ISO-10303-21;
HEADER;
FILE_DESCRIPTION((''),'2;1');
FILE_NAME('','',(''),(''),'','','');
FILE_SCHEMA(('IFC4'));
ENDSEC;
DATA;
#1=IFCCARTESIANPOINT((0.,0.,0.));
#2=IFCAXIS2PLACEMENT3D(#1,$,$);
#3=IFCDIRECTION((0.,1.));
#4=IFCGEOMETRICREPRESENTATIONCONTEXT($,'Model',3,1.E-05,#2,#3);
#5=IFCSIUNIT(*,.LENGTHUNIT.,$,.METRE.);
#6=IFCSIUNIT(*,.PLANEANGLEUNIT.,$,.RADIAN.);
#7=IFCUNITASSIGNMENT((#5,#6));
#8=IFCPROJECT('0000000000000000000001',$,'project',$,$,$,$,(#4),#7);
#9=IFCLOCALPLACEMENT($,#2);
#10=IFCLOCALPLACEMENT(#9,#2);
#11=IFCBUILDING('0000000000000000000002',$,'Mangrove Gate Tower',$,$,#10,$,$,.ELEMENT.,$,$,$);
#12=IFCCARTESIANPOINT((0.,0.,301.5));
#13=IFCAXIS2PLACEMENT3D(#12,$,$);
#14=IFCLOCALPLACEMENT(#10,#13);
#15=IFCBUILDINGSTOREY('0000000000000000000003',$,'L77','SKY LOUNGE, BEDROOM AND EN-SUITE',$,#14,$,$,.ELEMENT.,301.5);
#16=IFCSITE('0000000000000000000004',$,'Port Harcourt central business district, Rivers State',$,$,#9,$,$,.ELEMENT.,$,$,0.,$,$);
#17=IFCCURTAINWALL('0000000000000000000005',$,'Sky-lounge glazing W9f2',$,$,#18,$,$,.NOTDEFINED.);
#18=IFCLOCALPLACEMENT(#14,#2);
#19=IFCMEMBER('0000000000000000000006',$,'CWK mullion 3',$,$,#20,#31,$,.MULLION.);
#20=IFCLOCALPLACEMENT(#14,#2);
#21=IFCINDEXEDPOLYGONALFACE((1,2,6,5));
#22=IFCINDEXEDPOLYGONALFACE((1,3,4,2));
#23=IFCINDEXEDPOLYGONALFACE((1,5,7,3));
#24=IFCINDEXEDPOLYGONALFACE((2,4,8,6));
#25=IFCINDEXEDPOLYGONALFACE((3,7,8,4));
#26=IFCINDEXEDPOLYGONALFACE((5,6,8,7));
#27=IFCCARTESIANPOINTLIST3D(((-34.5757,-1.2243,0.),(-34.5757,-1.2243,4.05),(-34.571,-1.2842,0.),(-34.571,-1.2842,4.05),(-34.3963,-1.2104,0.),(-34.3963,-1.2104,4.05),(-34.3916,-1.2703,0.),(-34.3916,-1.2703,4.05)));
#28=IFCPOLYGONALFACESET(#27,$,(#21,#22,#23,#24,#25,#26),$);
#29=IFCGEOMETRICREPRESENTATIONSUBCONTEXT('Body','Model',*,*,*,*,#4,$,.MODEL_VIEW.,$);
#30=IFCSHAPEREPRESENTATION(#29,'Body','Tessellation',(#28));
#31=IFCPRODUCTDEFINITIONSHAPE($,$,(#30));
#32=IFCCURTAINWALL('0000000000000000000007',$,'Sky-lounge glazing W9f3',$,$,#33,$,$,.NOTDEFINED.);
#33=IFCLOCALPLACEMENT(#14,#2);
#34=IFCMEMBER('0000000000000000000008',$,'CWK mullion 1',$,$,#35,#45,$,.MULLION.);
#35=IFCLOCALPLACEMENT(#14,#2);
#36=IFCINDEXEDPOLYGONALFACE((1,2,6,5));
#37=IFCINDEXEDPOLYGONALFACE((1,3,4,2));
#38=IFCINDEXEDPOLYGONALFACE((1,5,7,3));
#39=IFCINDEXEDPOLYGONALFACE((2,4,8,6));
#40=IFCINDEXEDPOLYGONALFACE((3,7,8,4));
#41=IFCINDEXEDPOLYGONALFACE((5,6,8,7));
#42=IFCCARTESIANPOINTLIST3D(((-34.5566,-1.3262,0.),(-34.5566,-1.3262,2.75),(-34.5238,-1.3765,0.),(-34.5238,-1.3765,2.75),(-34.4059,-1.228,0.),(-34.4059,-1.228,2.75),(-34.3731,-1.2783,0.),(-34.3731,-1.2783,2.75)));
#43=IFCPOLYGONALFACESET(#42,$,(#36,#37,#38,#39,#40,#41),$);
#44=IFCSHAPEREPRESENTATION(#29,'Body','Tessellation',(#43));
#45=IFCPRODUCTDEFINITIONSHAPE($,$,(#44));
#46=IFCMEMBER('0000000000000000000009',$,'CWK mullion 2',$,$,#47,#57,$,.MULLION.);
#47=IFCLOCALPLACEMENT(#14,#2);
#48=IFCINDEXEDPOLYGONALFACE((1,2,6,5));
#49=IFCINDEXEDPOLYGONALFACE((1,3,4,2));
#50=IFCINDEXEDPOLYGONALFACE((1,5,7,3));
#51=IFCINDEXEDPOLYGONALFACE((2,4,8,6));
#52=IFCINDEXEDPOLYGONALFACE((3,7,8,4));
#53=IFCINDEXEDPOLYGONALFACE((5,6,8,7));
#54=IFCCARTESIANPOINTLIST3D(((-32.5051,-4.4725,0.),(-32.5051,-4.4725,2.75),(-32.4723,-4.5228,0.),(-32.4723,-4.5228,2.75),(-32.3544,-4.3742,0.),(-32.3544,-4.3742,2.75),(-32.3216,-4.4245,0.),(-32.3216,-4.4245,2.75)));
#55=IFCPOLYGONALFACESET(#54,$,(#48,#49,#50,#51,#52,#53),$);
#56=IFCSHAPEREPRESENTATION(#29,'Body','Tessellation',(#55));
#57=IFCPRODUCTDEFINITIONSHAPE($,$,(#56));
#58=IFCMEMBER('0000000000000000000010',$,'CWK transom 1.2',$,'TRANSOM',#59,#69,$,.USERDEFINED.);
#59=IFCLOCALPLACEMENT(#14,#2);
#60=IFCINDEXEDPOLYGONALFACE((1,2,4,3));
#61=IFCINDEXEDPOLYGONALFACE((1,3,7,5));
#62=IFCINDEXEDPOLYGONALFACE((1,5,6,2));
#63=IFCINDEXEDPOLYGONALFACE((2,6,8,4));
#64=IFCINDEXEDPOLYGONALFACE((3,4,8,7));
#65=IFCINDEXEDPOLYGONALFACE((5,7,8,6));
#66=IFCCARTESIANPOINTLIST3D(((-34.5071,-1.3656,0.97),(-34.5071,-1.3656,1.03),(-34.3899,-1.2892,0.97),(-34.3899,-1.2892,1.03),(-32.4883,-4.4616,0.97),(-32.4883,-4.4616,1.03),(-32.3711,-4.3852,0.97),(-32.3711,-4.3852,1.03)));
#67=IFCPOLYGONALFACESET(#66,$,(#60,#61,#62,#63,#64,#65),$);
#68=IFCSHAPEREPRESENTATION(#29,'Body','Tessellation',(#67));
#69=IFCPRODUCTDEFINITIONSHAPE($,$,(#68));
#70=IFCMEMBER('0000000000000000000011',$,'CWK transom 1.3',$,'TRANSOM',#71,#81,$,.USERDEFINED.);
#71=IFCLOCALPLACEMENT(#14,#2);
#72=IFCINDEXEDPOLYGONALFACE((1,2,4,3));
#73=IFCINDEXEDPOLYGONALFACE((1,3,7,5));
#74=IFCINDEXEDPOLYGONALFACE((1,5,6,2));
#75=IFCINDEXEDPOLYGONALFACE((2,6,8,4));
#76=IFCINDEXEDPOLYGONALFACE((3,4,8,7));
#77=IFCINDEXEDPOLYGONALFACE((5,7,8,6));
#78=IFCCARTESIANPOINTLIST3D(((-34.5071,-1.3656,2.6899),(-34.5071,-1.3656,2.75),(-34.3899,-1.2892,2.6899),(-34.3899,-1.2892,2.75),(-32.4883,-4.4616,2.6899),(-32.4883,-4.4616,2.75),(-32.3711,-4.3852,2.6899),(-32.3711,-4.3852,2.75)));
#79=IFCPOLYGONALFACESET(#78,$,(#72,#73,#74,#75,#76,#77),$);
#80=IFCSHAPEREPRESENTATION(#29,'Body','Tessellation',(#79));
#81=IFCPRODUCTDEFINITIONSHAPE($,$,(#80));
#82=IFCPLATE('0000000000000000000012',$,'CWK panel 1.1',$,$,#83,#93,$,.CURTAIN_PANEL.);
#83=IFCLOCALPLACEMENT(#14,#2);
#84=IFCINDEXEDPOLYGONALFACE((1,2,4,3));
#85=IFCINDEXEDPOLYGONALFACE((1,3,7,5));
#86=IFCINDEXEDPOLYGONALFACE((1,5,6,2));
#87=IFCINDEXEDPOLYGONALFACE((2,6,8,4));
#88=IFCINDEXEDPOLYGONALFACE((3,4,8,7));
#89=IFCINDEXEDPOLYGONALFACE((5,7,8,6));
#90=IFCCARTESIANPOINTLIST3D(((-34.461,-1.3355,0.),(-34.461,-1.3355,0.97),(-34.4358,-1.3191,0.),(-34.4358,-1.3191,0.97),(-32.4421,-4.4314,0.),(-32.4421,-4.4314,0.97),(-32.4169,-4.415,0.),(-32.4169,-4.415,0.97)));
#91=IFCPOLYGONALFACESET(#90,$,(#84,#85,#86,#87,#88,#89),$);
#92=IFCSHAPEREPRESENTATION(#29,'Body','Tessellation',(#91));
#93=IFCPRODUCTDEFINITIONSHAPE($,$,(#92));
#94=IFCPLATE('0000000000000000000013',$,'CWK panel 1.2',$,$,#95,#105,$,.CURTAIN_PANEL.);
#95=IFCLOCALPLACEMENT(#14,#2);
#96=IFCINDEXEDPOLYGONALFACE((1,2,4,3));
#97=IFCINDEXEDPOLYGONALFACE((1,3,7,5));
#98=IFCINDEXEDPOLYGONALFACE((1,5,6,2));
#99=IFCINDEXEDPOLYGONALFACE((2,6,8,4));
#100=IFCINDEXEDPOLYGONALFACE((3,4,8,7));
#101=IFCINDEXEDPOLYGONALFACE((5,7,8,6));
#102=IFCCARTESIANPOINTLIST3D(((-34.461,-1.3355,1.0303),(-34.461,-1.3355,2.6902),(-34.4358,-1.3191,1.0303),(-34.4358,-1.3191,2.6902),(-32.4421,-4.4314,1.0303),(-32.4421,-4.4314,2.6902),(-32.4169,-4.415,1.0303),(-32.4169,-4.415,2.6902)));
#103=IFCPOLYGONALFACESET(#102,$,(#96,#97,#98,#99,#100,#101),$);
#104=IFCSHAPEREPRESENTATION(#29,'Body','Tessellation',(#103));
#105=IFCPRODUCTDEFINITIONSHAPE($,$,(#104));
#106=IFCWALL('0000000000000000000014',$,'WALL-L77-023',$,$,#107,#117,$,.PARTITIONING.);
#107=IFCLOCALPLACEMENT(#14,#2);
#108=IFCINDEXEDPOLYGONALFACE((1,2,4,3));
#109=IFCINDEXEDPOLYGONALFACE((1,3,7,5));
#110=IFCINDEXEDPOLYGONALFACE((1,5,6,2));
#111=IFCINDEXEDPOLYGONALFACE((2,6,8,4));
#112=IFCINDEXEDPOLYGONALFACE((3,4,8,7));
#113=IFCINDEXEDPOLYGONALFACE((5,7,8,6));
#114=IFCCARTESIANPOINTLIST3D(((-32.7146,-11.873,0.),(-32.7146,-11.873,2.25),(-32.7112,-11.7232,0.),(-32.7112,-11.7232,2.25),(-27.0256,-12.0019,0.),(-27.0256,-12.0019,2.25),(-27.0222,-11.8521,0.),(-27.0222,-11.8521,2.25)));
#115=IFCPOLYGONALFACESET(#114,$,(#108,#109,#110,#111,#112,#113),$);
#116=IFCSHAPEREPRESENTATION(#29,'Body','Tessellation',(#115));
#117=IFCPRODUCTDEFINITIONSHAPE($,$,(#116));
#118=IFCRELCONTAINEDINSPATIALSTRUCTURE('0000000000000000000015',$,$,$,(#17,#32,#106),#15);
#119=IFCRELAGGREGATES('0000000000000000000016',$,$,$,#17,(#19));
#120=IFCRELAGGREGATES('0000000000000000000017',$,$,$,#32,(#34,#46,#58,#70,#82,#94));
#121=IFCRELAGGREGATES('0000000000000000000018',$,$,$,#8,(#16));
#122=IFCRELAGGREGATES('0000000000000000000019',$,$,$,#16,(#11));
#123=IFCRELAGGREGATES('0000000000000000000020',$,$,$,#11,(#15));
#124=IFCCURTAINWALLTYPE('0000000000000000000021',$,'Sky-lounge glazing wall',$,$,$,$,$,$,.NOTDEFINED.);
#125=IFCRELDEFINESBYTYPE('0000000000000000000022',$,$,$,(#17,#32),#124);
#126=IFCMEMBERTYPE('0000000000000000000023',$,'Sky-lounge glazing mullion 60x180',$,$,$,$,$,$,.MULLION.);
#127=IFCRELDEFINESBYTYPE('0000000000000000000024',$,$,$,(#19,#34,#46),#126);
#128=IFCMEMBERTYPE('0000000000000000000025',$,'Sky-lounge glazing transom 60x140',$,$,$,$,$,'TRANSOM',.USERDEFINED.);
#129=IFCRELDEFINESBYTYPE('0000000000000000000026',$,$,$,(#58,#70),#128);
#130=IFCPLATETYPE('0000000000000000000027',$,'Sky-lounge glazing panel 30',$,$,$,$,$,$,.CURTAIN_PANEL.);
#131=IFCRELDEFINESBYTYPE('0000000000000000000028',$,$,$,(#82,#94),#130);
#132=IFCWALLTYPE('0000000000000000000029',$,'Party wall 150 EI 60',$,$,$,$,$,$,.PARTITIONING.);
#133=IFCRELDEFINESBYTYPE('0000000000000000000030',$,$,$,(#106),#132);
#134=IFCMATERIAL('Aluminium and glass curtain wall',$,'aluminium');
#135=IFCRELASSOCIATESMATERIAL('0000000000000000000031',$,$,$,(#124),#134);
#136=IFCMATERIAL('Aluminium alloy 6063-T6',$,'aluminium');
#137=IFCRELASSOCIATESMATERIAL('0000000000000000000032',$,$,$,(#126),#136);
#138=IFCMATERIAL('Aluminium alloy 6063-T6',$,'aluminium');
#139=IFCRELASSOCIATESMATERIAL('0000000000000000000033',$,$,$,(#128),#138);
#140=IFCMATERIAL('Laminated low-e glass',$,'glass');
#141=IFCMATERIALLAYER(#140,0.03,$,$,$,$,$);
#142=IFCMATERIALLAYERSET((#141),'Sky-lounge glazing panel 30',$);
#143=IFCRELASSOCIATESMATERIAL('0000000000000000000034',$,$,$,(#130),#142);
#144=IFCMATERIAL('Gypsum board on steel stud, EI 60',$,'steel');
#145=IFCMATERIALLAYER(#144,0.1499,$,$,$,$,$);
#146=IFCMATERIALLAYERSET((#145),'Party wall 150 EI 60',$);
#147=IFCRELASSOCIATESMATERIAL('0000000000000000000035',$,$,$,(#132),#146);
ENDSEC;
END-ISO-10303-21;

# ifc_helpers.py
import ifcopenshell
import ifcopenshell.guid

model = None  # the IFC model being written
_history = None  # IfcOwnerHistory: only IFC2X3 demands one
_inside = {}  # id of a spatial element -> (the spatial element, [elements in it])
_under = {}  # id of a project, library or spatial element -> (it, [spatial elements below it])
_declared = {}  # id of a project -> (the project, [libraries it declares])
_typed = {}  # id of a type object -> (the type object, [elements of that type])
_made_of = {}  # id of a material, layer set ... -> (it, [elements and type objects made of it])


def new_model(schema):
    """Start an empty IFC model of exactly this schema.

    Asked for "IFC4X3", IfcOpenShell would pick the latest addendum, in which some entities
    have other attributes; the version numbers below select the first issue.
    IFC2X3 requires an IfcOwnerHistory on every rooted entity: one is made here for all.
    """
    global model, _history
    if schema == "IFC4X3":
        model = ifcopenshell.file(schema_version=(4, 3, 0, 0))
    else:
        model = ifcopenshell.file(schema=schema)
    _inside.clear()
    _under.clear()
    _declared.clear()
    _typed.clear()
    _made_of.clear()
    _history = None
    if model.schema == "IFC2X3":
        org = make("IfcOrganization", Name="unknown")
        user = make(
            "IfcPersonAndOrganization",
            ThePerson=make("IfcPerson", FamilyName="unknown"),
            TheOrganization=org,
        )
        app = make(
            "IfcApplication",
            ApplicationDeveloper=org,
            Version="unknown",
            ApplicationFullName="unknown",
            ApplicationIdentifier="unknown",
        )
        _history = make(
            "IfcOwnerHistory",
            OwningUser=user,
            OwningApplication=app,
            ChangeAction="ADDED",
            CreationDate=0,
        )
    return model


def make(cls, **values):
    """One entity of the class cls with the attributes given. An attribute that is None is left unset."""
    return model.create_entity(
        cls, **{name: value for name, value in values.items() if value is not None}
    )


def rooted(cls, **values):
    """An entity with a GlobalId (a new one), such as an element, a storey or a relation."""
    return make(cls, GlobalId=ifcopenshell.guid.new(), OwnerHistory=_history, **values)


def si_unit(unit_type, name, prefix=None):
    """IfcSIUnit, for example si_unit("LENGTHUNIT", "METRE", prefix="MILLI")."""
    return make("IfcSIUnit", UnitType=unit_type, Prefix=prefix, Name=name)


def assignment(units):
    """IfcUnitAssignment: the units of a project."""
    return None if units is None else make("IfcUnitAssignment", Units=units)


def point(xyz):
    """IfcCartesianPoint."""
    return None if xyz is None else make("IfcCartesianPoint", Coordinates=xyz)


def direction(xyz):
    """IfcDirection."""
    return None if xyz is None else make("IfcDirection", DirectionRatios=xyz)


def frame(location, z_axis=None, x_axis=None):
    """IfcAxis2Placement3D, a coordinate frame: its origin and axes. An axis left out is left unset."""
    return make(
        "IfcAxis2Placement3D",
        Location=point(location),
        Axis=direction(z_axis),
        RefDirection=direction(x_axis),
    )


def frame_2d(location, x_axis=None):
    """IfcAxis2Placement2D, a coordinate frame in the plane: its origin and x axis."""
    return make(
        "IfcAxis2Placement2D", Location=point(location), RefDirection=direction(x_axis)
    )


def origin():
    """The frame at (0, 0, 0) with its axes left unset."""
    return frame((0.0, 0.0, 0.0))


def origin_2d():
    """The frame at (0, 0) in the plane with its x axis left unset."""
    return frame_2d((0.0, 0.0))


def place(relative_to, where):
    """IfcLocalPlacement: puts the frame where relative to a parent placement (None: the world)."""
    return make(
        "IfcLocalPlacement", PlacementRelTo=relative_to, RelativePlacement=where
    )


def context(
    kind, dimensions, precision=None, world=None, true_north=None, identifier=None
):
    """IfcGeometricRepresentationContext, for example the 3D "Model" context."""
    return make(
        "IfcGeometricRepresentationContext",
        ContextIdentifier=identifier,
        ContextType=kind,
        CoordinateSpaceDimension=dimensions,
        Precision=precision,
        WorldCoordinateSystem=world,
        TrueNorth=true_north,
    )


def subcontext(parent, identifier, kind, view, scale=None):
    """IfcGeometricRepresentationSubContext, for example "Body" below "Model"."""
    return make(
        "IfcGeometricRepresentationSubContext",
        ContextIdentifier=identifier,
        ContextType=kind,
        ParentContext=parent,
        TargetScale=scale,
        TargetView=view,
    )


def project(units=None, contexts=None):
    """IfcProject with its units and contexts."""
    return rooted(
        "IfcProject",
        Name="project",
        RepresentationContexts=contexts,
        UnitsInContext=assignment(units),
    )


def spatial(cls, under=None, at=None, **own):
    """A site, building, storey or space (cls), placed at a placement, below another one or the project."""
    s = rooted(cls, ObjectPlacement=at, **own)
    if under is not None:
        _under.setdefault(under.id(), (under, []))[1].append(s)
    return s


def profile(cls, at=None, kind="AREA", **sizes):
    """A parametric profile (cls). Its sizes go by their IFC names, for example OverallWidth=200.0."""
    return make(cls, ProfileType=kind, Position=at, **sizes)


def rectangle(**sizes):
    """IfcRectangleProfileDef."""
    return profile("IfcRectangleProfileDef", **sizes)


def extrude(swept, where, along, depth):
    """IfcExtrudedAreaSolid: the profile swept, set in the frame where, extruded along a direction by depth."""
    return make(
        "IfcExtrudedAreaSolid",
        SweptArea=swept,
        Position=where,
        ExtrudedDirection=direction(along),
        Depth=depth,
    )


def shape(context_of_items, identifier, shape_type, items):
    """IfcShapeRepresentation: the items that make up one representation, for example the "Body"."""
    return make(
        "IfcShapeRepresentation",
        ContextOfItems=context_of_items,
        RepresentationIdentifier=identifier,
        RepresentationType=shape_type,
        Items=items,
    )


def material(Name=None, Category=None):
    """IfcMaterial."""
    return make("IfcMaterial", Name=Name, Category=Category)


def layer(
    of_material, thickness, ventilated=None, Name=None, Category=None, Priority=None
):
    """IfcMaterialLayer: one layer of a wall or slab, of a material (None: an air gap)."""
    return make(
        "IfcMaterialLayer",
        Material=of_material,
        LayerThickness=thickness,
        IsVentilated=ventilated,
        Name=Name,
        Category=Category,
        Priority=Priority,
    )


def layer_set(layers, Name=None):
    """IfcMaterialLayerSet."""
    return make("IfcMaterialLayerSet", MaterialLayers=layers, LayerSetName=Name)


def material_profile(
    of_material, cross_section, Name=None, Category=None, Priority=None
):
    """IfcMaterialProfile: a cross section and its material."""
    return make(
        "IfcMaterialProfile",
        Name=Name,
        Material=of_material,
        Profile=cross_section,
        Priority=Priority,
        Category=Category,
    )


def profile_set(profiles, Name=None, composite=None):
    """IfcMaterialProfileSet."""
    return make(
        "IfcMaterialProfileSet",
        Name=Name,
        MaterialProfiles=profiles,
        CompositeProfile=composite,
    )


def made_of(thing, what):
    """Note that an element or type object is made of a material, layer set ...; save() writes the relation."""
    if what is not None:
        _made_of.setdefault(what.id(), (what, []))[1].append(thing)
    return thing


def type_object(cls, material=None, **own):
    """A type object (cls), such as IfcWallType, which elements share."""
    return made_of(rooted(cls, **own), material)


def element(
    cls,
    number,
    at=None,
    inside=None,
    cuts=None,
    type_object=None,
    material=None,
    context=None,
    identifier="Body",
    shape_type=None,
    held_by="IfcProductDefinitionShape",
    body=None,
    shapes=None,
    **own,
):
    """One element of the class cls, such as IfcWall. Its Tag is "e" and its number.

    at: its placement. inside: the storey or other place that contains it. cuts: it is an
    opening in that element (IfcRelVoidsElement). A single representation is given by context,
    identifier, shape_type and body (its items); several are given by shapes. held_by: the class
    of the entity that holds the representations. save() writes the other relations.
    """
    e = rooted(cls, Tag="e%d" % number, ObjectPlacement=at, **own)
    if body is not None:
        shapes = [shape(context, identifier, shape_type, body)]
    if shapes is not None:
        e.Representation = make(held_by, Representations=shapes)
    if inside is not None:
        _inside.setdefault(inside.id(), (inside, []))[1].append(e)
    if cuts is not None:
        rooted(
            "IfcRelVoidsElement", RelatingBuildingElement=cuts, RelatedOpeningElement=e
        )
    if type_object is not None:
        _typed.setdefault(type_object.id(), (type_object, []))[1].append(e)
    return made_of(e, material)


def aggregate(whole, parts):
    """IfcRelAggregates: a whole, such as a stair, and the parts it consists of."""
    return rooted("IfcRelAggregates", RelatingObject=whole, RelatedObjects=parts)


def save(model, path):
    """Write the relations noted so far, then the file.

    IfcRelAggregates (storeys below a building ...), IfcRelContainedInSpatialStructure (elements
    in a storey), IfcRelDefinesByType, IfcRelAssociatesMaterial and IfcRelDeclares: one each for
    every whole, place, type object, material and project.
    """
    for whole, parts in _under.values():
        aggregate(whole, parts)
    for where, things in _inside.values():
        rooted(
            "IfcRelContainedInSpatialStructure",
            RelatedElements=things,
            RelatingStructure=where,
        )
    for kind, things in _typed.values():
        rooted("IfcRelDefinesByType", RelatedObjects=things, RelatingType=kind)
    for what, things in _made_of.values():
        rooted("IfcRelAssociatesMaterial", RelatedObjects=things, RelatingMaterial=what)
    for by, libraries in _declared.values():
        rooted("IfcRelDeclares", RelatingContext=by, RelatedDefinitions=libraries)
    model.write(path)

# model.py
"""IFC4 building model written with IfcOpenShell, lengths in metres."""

from ifc_helpers import new_model, si_unit, direction, frame, frame_2d, origin, origin_2d, place, context, subcontext, project, spatial, rectangle, extrude, material, layer, layer_set, material_profile, profile_set, type_object, element, aggregate, save


model = new_model("IFC4")

# Units and contexts
model_context = context("Model", 3, precision=1e-05, world=origin(), true_north=direction((0.0, 1.0)))
body_context = subcontext(model_context, "Body", "Model", "MODEL_VIEW")
ifc_project = project(units=[si_unit("LENGTHUNIT", "METRE"), si_unit("PLANEANGLEUNIT", "RADIAN")], contexts=[model_context])

# Site, building, storey
site_placement = place(None, origin())
site = spatial("IfcSite", under=ifc_project, at=site_placement, Name="Port Harcourt central business district, Rivers State", CompositionType="ELEMENT", RefElevation=0.0)
building_placement = place(site_placement, origin())
building = spatial("IfcBuilding", under=site, at=building_placement, Name="Mangrove Gate Tower", CompositionType="ELEMENT")
storey_placement = place(building_placement, frame((0.0, 0.0, 301.5)))
storey = spatial("IfcBuildingStorey", under=building, at=storey_placement, Name="L77", Description="SKY LOUNGE, BEDROOM AND EN-SUITE", CompositionType="ELEMENT", Elevation=301.5)

# Curtain wall, member
ifc_material_1 = material(Name="Aluminium and glass curtain wall", Category="aluminium")
curtain_wall_type = type_object("IfcCurtainWallType", Name="Sky-lounge glazing wall", PredefinedType="NOTDEFINED", material=ifc_material_1)
curtain_wall_1_placement = place(storey_placement, origin())
curtain_wall_1 = element("IfcCurtainWall", 1, at=curtain_wall_1_placement, inside=storey, type_object=curtain_wall_type, Name="Sky-lounge glazing W9f2", PredefinedType="NOTDEFINED")
ifc_material_2 = material(Name="Aluminium alloy 6063-T6", Category="aluminium")
ifc_material_profile_1 = material_profile(ifc_material_2, rectangle(XDim=0.0601, YDim=0.1799, at=origin_2d()))
ifc_profile_set_1 = profile_set([ifc_material_profile_1], Name="Aluminium alloy 6063-T6")
member_type_1 = type_object("IfcMemberType", Name="Sky-lounge glazing mullion 60x180", PredefinedType="MULLION", material=ifc_profile_set_1)
member_1_placement = place(storey_placement, frame((-34.4836, -1.2473, 0.0), z_axis=(0.0, 0.0, 1.0), x_axis=(0.077023, -0.997029, 0.0)))
member_1 = element("IfcMember", 2, at=member_1_placement, type_object=member_type_1, Name="CWK mullion 3", PredefinedType="MULLION", context=body_context, shape_type="SweptSolid", body=[
    extrude(rectangle(XDim=0.0601, YDim=0.1799, at=origin_2d()), origin(), (0.0, 0.0, 1.0), 4.05),
])
aggregate(curtain_wall_1, [member_1])

# Curtain wall, members, plates
curtain_wall_2_placement = place(storey_placement, origin())
curtain_wall_2 = element("IfcCurtainWall", 3, at=curtain_wall_2_placement, inside=storey, type_object=curtain_wall_type, Name="Sky-lounge glazing W9f3", PredefinedType="NOTDEFINED")
member_2_placement = place(storey_placement, frame((-34.4648, -1.3022, 0.0), z_axis=(0.0, 0.0, 1.0), x_axis=(0.546235, -0.837632, 0.0)))
member_2 = element("IfcMember", 4, at=member_2_placement, type_object=member_type_1, Name="CWK mullion 1", PredefinedType="MULLION", context=body_context, shape_type="SweptSolid", body=[
    extrude(rectangle(XDim=0.0601, YDim=0.1799, at=origin_2d()), origin(), (0.0, 0.0, 1.0), 2.75),
])
member_3_placement = place(storey_placement, frame((-32.4133, -4.4485, 0.0), z_axis=(0.0, 0.0, 1.0), x_axis=(0.546235, -0.837632, 0.0)))
member_3 = element("IfcMember", 5, at=member_3_placement, type_object=member_type_1, Name="CWK mullion 2", PredefinedType="MULLION", context=body_context, shape_type="SweptSolid", body=[
    extrude(rectangle(XDim=0.0601, YDim=0.1799, at=origin_2d()), origin(), (0.0, 0.0, 1.0), 2.75),
])
ifc_material_3 = material(Name="Aluminium alloy 6063-T6", Category="aluminium")
ifc_material_profile_2 = material_profile(ifc_material_3, rectangle(XDim=0.0601, YDim=0.1399, at=origin_2d()))
ifc_profile_set_2 = profile_set([ifc_material_profile_2], Name="Aluminium alloy 6063-T6")
member_type_2 = type_object("IfcMemberType", Name="Sky-lounge glazing transom 60x140", ElementType="TRANSOM", PredefinedType="USERDEFINED", material=ifc_profile_set_2)
member_4_placement = place(storey_placement, frame((-34.4485, -1.3274, 1.0), z_axis=(0.546211, -0.837647, 0.0), x_axis=(0.0, 0.0, 1.0)))
member_4 = element("IfcMember", 6, at=member_4_placement, type_object=member_type_2, Name="CWK transom 1.2", ObjectType="TRANSOM", PredefinedType="USERDEFINED", context=body_context, shape_type="SweptSolid", body=[
    extrude(rectangle(XDim=0.0601, YDim=0.1399, at=origin_2d()), origin(), (0.0, 0.0, 1.0), 3.696),
])
member_5_placement = place(storey_placement, frame((-34.4485, -1.3274, 2.72), z_axis=(0.546211, -0.837647, 0.0), x_axis=(0.0, 0.0, 1.0)))
member_5 = element("IfcMember", 7, at=member_5_placement, type_object=member_type_2, Name="CWK transom 1.3", ObjectType="TRANSOM", PredefinedType="USERDEFINED", context=body_context, shape_type="SweptSolid", body=[
    extrude(rectangle(XDim=0.0601, YDim=0.1399, at=origin_2d()), origin(), (0.0, 0.0, 1.0), 3.696),
])
ifc_material_4 = material(Name="Laminated low-e glass", Category="glass")
ifc_layer_1 = layer(ifc_material_4, 0.03)
ifc_layer_set_1 = layer_set([ifc_layer_1], Name="Sky-lounge glazing panel 30")
plate_type = type_object("IfcPlateType", Name="Sky-lounge glazing panel 30", PredefinedType="CURTAIN_PANEL", material=ifc_layer_set_1)
plate_1_placement = place(storey_placement, frame((-33.439, -2.8752, 0.0), z_axis=(0.0, 0.0, 1.0), x_axis=(0.546235, -0.837632, 0.0)))
plate_1 = element("IfcPlate", 8, at=plate_1_placement, type_object=plate_type, Name="CWK panel 1.1", PredefinedType="CURTAIN_PANEL", context=body_context, shape_type="SweptSolid", body=[
    extrude(rectangle(XDim=3.696, YDim=0.03, at=origin_2d()), origin(), (0.0, 0.0, 1.0), 0.97),
])
plate_2_placement = place(storey_placement, frame((-33.439, -2.8752, 1.0303), z_axis=(0.0, 0.0, 1.0), x_axis=(0.546235, -0.837632, 0.0)))
plate_2 = element("IfcPlate", 9, at=plate_2_placement, type_object=plate_type, Name="CWK panel 1.2", PredefinedType="CURTAIN_PANEL", context=body_context, shape_type="SweptSolid", body=[
    extrude(rectangle(XDim=3.696, YDim=0.03, at=origin_2d()), origin(), (0.0, 0.0, 1.0), 1.6599),
])
aggregate(curtain_wall_2, [member_2, member_3, member_4, member_5, plate_1, plate_2])

# Wall
ifc_material_5 = material(Name="Gypsum board on steel stud, EI 60", Category="steel")
ifc_layer_2 = layer(ifc_material_5, 0.1499)
ifc_layer_set_2 = layer_set([ifc_layer_2], Name="Party wall 150 EI 60")
wall_type_1 = type_object("IfcWallType", Name="Party wall 150 EI 60", PredefinedType="PARTITIONING", material=ifc_layer_set_2)
wall_1_placement = place(storey_placement, frame((-32.7129, -11.7981, 0.0), z_axis=(0.0, 0.0, 1.0), x_axis=(0.999743, -0.022653, 0.0)))
element("IfcWall", 10, at=wall_1_placement, inside=storey, type_object=wall_type_1, Name="WALL-L77-023", PredefinedType="PARTITIONING", context=body_context, shape_type="SweptSolid", body=[
    extrude(rectangle(XDim=5.6904, YDim=0.1499, at=frame_2d((2.8452, 0.0))), origin(), (0.0, 0.0, 1.0), 2.25),
])

save(model, "model.ifc")
